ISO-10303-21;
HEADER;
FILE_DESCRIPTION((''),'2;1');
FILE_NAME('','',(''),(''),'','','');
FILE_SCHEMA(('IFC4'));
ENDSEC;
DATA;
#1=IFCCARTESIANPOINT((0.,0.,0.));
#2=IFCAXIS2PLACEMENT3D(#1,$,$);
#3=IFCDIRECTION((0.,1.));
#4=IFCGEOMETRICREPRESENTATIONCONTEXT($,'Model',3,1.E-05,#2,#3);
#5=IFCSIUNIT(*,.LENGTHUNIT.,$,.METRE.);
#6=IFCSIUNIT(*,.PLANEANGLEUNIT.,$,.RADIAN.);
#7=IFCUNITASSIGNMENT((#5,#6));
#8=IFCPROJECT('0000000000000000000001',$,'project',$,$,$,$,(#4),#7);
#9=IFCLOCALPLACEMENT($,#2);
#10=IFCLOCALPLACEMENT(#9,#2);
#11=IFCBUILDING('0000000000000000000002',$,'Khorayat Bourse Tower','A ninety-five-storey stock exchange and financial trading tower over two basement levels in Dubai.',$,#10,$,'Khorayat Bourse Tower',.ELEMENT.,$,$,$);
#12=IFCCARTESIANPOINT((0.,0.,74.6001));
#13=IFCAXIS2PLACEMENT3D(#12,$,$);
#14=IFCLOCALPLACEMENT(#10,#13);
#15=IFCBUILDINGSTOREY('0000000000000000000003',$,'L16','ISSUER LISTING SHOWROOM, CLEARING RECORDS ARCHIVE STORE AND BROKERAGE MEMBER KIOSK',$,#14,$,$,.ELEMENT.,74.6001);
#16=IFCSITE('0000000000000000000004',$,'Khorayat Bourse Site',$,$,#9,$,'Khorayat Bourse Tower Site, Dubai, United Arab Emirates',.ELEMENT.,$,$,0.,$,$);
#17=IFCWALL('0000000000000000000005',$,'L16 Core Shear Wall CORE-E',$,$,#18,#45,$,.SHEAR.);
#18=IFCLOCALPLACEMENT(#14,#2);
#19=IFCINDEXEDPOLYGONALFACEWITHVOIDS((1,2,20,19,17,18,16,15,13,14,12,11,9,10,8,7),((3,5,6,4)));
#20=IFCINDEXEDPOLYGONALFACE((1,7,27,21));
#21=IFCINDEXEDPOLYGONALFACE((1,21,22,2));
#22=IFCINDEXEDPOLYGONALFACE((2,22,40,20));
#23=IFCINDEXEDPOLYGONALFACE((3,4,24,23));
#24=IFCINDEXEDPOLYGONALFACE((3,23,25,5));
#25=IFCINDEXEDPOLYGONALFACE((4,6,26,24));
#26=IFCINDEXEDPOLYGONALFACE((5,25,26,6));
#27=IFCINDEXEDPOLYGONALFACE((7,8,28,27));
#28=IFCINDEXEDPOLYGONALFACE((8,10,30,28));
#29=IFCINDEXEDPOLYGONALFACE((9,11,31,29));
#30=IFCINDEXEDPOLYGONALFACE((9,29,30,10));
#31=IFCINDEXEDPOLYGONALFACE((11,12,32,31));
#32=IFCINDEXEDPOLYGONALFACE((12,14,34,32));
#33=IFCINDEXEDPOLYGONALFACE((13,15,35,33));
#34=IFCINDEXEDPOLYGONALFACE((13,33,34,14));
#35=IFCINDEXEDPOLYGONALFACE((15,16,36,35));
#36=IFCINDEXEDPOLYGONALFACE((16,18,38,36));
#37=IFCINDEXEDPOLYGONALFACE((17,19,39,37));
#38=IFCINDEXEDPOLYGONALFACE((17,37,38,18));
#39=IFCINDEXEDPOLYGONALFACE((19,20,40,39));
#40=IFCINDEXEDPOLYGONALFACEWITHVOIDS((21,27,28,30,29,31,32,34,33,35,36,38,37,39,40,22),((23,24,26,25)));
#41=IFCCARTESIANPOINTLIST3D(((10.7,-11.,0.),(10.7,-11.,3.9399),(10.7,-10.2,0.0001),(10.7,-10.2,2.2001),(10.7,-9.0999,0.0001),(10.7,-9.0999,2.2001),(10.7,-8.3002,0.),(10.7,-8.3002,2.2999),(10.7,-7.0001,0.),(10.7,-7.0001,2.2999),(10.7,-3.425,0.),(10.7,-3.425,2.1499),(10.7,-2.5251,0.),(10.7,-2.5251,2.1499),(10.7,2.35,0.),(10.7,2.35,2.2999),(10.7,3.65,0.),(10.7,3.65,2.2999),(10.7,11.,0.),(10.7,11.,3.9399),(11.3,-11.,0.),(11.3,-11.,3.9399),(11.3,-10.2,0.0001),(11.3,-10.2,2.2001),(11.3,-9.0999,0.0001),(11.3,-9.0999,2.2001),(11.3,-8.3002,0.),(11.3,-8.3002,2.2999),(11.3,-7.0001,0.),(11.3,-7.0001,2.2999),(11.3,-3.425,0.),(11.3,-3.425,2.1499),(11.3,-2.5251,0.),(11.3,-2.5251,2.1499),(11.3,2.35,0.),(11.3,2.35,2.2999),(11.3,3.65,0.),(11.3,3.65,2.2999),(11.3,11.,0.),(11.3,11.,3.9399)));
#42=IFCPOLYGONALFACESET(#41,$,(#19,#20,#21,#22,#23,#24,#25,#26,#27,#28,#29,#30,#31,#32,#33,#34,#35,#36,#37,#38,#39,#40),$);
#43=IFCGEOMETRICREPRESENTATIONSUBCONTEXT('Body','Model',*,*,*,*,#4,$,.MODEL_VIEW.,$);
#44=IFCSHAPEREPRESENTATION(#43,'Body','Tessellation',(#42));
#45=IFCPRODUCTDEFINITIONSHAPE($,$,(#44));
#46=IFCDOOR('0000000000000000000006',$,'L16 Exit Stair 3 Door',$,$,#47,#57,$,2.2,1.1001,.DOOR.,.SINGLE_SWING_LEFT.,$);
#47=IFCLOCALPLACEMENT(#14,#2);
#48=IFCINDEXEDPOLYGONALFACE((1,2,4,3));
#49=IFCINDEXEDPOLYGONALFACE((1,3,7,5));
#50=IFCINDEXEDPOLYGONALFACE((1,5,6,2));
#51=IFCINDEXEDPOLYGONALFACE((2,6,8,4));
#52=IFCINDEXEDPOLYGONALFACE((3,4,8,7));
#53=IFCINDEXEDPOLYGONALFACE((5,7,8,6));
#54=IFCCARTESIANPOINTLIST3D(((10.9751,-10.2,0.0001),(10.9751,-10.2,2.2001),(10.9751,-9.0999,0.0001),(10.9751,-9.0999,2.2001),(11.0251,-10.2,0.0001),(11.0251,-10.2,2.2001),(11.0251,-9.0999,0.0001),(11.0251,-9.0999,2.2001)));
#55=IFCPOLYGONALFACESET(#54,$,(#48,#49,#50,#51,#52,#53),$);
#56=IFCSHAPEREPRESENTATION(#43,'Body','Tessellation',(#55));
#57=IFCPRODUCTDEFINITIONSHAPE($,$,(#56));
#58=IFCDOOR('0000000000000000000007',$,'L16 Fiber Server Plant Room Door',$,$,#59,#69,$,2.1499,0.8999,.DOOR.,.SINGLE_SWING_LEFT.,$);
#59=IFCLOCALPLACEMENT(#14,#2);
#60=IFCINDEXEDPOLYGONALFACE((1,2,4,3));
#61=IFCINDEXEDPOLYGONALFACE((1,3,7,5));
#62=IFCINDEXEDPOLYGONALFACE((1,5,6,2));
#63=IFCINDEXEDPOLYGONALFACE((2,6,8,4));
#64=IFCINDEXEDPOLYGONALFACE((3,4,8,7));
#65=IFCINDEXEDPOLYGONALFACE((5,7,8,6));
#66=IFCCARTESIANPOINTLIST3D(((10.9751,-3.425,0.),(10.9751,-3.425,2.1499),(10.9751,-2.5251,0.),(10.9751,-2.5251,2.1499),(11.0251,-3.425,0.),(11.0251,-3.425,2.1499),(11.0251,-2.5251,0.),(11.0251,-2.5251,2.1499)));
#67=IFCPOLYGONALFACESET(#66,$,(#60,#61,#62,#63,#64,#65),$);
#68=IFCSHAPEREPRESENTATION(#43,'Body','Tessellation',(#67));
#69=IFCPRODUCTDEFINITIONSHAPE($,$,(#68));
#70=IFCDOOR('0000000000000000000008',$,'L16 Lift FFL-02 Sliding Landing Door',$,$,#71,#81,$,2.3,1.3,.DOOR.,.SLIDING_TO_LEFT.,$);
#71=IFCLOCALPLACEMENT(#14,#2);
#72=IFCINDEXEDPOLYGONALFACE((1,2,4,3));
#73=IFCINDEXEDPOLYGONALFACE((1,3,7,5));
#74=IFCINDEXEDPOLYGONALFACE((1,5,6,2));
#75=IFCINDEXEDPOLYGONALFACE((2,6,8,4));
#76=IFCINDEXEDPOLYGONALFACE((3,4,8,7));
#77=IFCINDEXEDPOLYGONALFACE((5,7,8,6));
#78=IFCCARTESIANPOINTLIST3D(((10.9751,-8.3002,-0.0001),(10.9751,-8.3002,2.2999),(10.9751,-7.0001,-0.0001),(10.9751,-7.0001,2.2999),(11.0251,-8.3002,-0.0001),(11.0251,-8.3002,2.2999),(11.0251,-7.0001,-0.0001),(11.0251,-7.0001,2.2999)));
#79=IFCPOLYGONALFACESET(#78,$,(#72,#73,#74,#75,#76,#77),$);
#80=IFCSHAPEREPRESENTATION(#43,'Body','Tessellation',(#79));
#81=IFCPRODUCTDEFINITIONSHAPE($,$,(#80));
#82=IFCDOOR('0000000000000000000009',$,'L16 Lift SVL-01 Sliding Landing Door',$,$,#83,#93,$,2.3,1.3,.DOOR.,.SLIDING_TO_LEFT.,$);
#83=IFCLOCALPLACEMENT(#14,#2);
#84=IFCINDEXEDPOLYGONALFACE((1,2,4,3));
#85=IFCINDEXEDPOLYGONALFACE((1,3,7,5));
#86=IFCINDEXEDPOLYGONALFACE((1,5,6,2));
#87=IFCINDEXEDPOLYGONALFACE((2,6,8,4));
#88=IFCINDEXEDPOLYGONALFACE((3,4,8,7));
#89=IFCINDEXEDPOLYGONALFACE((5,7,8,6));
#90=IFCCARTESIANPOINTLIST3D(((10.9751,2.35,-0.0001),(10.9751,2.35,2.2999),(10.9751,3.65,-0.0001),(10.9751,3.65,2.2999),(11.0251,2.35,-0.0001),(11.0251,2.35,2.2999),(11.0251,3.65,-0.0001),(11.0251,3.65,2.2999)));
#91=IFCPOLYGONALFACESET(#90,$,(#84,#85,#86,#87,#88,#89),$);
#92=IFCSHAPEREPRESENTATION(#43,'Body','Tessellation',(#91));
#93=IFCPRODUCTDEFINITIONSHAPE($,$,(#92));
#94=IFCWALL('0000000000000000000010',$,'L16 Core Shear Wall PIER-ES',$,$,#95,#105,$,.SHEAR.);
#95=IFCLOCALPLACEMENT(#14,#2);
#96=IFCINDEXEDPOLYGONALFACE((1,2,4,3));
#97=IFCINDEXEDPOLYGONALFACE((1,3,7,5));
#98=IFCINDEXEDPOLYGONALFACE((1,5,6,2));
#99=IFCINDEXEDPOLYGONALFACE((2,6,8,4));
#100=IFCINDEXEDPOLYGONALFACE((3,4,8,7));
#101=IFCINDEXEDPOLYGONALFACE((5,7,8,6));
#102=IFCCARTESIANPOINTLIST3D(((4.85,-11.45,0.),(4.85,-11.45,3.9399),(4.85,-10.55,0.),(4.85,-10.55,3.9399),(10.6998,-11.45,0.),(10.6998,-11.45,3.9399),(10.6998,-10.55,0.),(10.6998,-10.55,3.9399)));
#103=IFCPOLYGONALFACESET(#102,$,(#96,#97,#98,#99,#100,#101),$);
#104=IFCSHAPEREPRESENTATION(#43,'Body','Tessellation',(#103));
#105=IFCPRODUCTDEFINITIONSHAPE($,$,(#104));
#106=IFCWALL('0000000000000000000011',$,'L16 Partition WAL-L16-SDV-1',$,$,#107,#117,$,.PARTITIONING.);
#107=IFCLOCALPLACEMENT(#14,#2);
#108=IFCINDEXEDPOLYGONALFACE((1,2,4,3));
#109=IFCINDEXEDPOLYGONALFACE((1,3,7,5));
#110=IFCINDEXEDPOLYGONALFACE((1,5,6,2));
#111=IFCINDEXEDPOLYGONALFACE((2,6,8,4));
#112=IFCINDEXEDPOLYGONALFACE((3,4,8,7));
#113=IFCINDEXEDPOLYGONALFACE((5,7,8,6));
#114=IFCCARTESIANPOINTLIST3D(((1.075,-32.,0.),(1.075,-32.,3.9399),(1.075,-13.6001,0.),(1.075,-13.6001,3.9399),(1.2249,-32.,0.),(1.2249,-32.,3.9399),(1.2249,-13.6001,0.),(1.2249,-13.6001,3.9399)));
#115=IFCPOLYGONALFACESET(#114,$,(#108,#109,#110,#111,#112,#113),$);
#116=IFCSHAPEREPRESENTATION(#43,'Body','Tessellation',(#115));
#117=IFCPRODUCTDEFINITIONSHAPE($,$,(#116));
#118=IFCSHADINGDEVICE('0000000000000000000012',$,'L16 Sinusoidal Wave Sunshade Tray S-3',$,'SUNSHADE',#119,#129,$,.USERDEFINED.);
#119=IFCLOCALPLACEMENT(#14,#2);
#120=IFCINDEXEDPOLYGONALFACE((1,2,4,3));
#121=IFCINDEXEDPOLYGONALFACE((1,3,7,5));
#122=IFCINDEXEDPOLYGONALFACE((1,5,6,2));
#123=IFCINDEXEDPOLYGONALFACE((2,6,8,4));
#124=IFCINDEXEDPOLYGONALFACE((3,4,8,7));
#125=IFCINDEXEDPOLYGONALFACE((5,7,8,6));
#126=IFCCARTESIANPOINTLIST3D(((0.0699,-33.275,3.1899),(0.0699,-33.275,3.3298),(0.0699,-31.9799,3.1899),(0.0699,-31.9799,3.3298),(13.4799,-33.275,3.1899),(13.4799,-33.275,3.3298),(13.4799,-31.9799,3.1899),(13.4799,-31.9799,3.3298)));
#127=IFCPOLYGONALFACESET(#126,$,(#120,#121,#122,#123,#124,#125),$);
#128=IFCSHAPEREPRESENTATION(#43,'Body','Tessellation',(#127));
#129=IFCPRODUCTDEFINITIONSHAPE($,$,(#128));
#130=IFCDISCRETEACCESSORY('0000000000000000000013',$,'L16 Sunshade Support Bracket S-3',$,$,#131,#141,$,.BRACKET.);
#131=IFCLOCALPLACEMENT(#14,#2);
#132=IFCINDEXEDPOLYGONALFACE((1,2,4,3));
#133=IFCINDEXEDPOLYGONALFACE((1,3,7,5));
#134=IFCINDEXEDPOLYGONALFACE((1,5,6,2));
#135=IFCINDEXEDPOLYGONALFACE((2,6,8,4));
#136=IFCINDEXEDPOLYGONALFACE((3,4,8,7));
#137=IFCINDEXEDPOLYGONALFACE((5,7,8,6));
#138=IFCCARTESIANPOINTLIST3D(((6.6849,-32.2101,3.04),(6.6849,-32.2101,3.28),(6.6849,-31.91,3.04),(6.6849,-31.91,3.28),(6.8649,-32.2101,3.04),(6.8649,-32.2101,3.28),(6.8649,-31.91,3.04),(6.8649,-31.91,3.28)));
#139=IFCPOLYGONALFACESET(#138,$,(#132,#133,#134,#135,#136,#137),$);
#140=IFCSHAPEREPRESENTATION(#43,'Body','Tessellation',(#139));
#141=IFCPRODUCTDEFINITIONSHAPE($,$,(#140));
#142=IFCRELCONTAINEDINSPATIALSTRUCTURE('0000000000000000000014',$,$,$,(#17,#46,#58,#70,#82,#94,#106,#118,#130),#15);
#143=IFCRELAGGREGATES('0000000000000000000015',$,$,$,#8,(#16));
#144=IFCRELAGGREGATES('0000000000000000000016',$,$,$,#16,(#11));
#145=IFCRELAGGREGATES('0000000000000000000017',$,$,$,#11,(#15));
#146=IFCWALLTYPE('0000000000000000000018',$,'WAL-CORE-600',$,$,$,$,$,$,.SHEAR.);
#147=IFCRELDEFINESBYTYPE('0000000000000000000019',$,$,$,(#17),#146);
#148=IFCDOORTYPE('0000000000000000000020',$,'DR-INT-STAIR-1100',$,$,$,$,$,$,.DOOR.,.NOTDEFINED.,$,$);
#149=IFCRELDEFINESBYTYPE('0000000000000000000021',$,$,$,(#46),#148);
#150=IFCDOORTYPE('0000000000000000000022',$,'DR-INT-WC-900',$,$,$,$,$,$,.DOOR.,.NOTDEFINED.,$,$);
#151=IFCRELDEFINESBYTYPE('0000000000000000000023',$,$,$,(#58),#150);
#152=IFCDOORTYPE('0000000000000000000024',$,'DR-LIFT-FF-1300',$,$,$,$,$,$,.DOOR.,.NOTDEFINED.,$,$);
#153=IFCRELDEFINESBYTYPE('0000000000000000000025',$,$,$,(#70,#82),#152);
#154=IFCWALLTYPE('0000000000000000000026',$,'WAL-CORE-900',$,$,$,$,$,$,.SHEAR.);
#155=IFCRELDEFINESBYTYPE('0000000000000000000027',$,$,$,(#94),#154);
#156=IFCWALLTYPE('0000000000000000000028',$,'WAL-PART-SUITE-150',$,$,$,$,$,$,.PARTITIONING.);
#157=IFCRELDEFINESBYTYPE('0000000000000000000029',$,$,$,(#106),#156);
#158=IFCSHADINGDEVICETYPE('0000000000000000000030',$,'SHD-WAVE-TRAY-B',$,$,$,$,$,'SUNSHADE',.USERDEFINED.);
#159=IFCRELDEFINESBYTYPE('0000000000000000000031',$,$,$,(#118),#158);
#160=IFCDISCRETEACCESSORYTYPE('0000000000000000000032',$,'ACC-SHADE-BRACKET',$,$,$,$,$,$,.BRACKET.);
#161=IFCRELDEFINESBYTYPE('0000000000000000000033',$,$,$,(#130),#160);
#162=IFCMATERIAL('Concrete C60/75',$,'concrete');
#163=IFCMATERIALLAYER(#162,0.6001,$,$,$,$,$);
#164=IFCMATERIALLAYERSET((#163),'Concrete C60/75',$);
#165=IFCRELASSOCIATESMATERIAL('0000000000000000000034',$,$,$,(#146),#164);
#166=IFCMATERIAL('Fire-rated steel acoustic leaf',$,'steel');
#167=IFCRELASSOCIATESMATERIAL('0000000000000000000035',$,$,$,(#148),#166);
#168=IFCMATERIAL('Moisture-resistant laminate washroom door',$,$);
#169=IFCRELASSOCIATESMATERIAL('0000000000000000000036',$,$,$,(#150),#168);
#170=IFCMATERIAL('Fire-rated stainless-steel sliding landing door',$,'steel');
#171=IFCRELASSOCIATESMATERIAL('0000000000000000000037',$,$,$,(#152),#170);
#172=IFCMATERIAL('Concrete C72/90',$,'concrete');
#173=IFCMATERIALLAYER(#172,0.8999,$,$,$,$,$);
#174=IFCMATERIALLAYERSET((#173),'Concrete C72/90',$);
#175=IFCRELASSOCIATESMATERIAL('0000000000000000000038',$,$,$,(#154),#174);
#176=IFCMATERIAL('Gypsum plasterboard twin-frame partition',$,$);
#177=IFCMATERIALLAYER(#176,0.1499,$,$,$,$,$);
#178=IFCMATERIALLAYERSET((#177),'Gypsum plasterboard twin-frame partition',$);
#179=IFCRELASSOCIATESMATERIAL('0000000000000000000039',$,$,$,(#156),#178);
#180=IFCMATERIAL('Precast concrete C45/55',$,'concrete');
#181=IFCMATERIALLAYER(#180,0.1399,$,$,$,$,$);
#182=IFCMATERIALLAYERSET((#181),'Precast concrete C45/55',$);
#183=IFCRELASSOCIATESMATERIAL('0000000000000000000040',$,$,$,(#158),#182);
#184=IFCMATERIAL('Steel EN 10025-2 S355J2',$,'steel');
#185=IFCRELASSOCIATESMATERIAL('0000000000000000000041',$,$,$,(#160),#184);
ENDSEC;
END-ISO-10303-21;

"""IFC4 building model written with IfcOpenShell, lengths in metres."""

from ifc_helpers import new_model, si_unit, direction, frame, frame_2d, origin, origin_2d, place, context, subcontext, project, spatial, rectangle, extrude, source, transform, mapped, material, layer, layer_set, type_object, element, fill, save


model = new_model("IFC4")

# Units and contexts
model_context = context("Model", 3, precision=1e-05, world=origin(), true_north=direction((0.0, 1.0)))
body_context = subcontext(model_context, "Body", "Model", "MODEL_VIEW")
ifc_project = project(units=[si_unit("LENGTHUNIT", "METRE"), si_unit("PLANEANGLEUNIT", "RADIAN")], contexts=[model_context])

# Site, building, storey
site_placement = place(None, origin())
site = spatial("IfcSite", under=ifc_project, at=site_placement, Name="Khorayat Bourse Site", LongName="Khorayat Bourse Tower Site, Dubai, United Arab Emirates", CompositionType="ELEMENT", RefElevation=0.0)
building_placement = place(site_placement, origin())
building = spatial("IfcBuilding", under=site, at=building_placement, Name="Khorayat Bourse Tower", Description="A ninety-five-storey stock exchange and financial trading tower over two basement levels in Dubai.", LongName="Khorayat Bourse Tower", CompositionType="ELEMENT")
storey_placement = place(building_placement, frame((0.0, 0.0, 74.6001)))
storey = spatial("IfcBuildingStorey", under=building, at=storey_placement, Name="L16", Description="ISSUER LISTING SHOWROOM, CLEARING RECORDS ARCHIVE STORE AND BROKERAGE MEMBER KIOSK", CompositionType="ELEMENT", Elevation=74.6001)

# Shared definitions
ifc_material_1 = material(Name="Concrete C72/90", Category="concrete")

# Shared definitions
ifc_material_2 = material(Name="Steel EN 10025-2 S355J2", Category="steel")

# Wall, openings, doors
ifc_material_3 = material(Name="Concrete C60/75", Category="concrete")
ifc_layer_1 = layer(ifc_material_3, 0.6001)
ifc_layer_set_1 = layer_set([ifc_layer_1], Name="Concrete C60/75")
wall_type_1 = type_object("IfcWallType", Name="WAL-CORE-600", PredefinedType="SHEAR", material=ifc_layer_set_1)
shared_shape_1 = source(origin(), body_context, "Body", "SweptSolid", [
    extrude(rectangle(XDim=22.0, YDim=0.6001, at=frame_2d((11.0, 0.0))), origin(), (0.0, 0.0, 1.0), 3.9399),
])
wall_1_placement = place(storey_placement, frame((11.0, -11.0, 0.0), z_axis=(0.0, 0.0, 1.0), x_axis=(0.0, 1.0, 0.0)))
wall_1 = element("IfcWall", 1, at=wall_1_placement, inside=storey, type_object=wall_type_1, Name="L16 Core Shear Wall CORE-E", PredefinedType="SHEAR", context=body_context, shape_type="MappedRepresentation", body=[
    mapped(shared_shape_1, transform((0.0, 0.0, 0.0), scale=1.0)),
])
shared_shape_2 = source(origin(), body_context, "Body", "SweptSolid", [
    extrude(rectangle(XDim=1.1001, YDim=2.2, at=frame_2d((0.55, 1.1001))), frame((0.0, 0.3101, 0.0), z_axis=(0.0, -1.0, 0.0), x_axis=(1.0, 0.0, 0.0)), (0.0, 0.0, 1.0), 0.6201),
])
opening_1_placement = place(wall_1_placement, frame((0.8, 0.0, 0.0)))
opening_1 = element("IfcOpeningElement", 2, at=opening_1_placement, cuts=wall_1, PredefinedType="OPENING", context=body_context, shape_type="MappedRepresentation", body=[
    mapped(shared_shape_2, transform((0.0, 0.0, 0.0), scale=1.0)),
])
shared_shape_3 = source(origin(), body_context, "Body", "SweptSolid", [
    extrude(rectangle(XDim=0.8999, YDim=2.1499, at=frame_2d((0.45, 1.075))), frame((0.0, 0.3101, 0.0), z_axis=(0.0, -1.0, 0.0), x_axis=(1.0, 0.0, 0.0)), (0.0, 0.0, 1.0), 0.6201),
])
opening_2_placement = place(wall_1_placement, frame((7.575, 0.0, 0.0)))
opening_2 = element("IfcOpeningElement", 3, at=opening_2_placement, cuts=wall_1, PredefinedType="OPENING", context=body_context, shape_type="MappedRepresentation", body=[
    mapped(shared_shape_3, transform((0.0, 0.0, 0.0), scale=1.0)),
])
shared_shape_4 = source(origin(), body_context, "Body", "SweptSolid", [
    extrude(rectangle(XDim=1.3, YDim=2.3, at=frame_2d((0.6499, 1.1499))), frame((0.0, 0.3101, 0.0), z_axis=(0.0, -1.0, 0.0), x_axis=(1.0, 0.0, 0.0)), (0.0, 0.0, 1.0), 0.6201),
])
opening_3_placement = place(wall_1_placement, frame((2.7, 0.0, 0.0)))
opening_3 = element("IfcOpeningElement", 4, at=opening_3_placement, cuts=wall_1, PredefinedType="OPENING", context=body_context, shape_type="MappedRepresentation", body=[
    mapped(shared_shape_4, transform((0.0, 0.0, 0.0), scale=1.0)),
])
opening_4_placement = place(wall_1_placement, frame((13.3501, 0.0, 0.0)))
opening_4 = element("IfcOpeningElement", 5, at=opening_4_placement, cuts=wall_1, PredefinedType="OPENING", context=body_context, shape_type="MappedRepresentation", body=[
    mapped(shared_shape_4, transform((0.0, 0.0, 0.0), scale=1.0)),
])
ifc_material_4 = material(Name="Fire-rated steel acoustic leaf", Category="steel")
door_type_1 = type_object("IfcDoorType", Name="DR-INT-STAIR-1100", OperationType="NOTDEFINED", PredefinedType="DOOR", material=ifc_material_4)
shared_shape_5 = source(origin(), body_context, "Body", "SweptSolid", [
    extrude(rectangle(XDim=1.1001, YDim=2.2, at=frame_2d((0.55, 1.1001))), frame((0.0, 0.0249, 0.0), z_axis=(0.0, -1.0, 0.0), x_axis=(1.0, 0.0, 0.0)), (0.0, 0.0, 1.0), 0.05),
])
door_1_placement = place(opening_1_placement, origin())
door_1 = element("IfcDoor", 6, at=door_1_placement, inside=storey, type_object=door_type_1, Name="L16 Exit Stair 3 Door", OperationType="SINGLE_SWING_LEFT", OverallHeight=2.2, OverallWidth=1.1001, PredefinedType="DOOR", context=body_context, shape_type="MappedRepresentation", body=[
    mapped(shared_shape_5, transform((0.0, 0.0, 0.0), scale=1.0)),
])
fill(opening_1, door_1)
ifc_material_5 = material(Name="Moisture-resistant laminate washroom door")
door_type_2 = type_object("IfcDoorType", Name="DR-INT-WC-900", OperationType="NOTDEFINED", PredefinedType="DOOR", material=ifc_material_5)
shared_shape_6 = source(origin(), body_context, "Body", "SweptSolid", [
    extrude(rectangle(XDim=0.8999, YDim=2.1499, at=frame_2d((0.45, 1.075))), frame((0.0, 0.0249, 0.0), z_axis=(0.0, -1.0, 0.0), x_axis=(1.0, 0.0, 0.0)), (0.0, 0.0, 1.0), 0.05),
])
door_2_placement = place(opening_2_placement, origin())
door_2 = element("IfcDoor", 7, at=door_2_placement, inside=storey, type_object=door_type_2, Name="L16 Fiber Server Plant Room Door", OperationType="SINGLE_SWING_LEFT", OverallHeight=2.1499, OverallWidth=0.8999, PredefinedType="DOOR", context=body_context, shape_type="MappedRepresentation", body=[
    mapped(shared_shape_6, transform((0.0, 0.0, 0.0), scale=1.0)),
])
fill(opening_2, door_2)
ifc_material_6 = material(Name="Fire-rated stainless-steel sliding landing door", Category="steel")
door_type_3 = type_object("IfcDoorType", Name="DR-LIFT-FF-1300", OperationType="NOTDEFINED", PredefinedType="DOOR", material=ifc_material_6)
shared_shape_7 = source(origin(), body_context, "Body", "SweptSolid", [
    extrude(rectangle(XDim=1.3, YDim=2.3, at=frame_2d((0.6499, 1.1499))), frame((0.0, 0.0249, 0.0), z_axis=(0.0, -1.0, 0.0), x_axis=(1.0, 0.0, 0.0)), (0.0, 0.0, 1.0), 0.05),
])
door_3_placement = place(opening_3_placement, origin())
door_3 = element("IfcDoor", 8, at=door_3_placement, inside=storey, type_object=door_type_3, Name="L16 Lift FFL-02 Sliding Landing Door", OperationType="SLIDING_TO_LEFT", OverallHeight=2.3, OverallWidth=1.3, PredefinedType="DOOR", context=body_context, shape_type="MappedRepresentation", body=[
    mapped(shared_shape_7, transform((0.0, 0.0, 0.0), scale=1.0)),
])
fill(opening_3, door_3)
door_4_placement = place(opening_4_placement, origin())
door_4 = element("IfcDoor", 9, at=door_4_placement, inside=storey, type_object=door_type_3, Name="L16 Lift SVL-01 Sliding Landing Door", OperationType="SLIDING_TO_LEFT", OverallHeight=2.3, OverallWidth=1.3, PredefinedType="DOOR", context=body_context, shape_type="MappedRepresentation", body=[
    mapped(shared_shape_7, transform((0.0, 0.0, 0.0), scale=1.0)),
])
fill(opening_4, door_4)

# Walls
ifc_layer_2 = layer(ifc_material_1, 0.8999)
ifc_layer_set_2 = layer_set([ifc_layer_2], Name="Concrete C72/90")
wall_type_2 = type_object("IfcWallType", Name="WAL-CORE-900", PredefinedType="SHEAR", material=ifc_layer_set_2)
shared_shape_8 = source(origin(), body_context, "Body", "SweptSolid", [
    extrude(rectangle(XDim=5.8499, YDim=0.8999, at=frame_2d((2.9248, 0.0))), origin(), (0.0, 0.0, 1.0), 3.9399),
])
wall_2_placement = place(storey_placement, frame((4.8501, -11.0, 0.0), z_axis=(0.0, 0.0, 1.0), x_axis=(1.0, 0.0, 0.0)))
element("IfcWall", 10, at=wall_2_placement, inside=storey, type_object=wall_type_2, Name="L16 Core Shear Wall PIER-ES", PredefinedType="SHEAR", context=body_context, shape_type="MappedRepresentation", body=[
    mapped(shared_shape_8, transform((0.0, 0.0, 0.0), scale=1.0)),
])
ifc_material_7 = material(Name="Gypsum plasterboard twin-frame partition")
ifc_layer_3 = layer(ifc_material_7, 0.1499)
ifc_layer_set_3 = layer_set([ifc_layer_3], Name="Gypsum plasterboard twin-frame partition")
wall_type_3 = type_object("IfcWallType", Name="WAL-PART-SUITE-150", PredefinedType="PARTITIONING", material=ifc_layer_set_3)
shared_shape_9 = source(origin(), body_context, "Body", "SweptSolid", [
    extrude(rectangle(XDim=18.3999, YDim=0.1499, at=frame_2d((9.2, 0.0))), origin(), (0.0, 0.0, 1.0), 3.9399),
])
wall_3_placement = place(storey_placement, frame((1.1499, -32.0, 0.0), z_axis=(0.0, 0.0, 1.0), x_axis=(0.0, 1.0, 0.0)))
element("IfcWall", 11, at=wall_3_placement, inside=storey, type_object=wall_type_3, Name="L16 Partition WAL-L16-SDV-1", PredefinedType="PARTITIONING", context=body_context, shape_type="MappedRepresentation", body=[
    mapped(shared_shape_9, transform((0.0, 0.0, 0.0), scale=1.0)),
])

# Shading device
ifc_material_8 = material(Name="Precast concrete C45/55", Category="concrete")
ifc_layer_4 = layer(ifc_material_8, 0.1399)
ifc_layer_set_4 = layer_set([ifc_layer_4], Name="Precast concrete C45/55")
shading_device_type = type_object("IfcShadingDeviceType", Name="SHD-WAVE-TRAY-B", ElementType="SUNSHADE", PredefinedType="USERDEFINED", material=ifc_layer_set_4)
shared_shape_10 = source(origin(), body_context, "Body", "SweptSolid", [
    extrude(rectangle(XDim=13.4099, YDim=1.2952, at=origin_2d()), origin(), (0.0, 0.0, 1.0), 0.1399),
])
shading_device_placement = place(storey_placement, frame((6.7749, -32.6274, 3.1899), z_axis=(0.0, 0.0, 1.0), x_axis=(1.0, 0.0, 0.0)))
element("IfcShadingDevice", 12, at=shading_device_placement, inside=storey, type_object=shading_device_type, Name="L16 Sinusoidal Wave Sunshade Tray S-3", ObjectType="SUNSHADE", PredefinedType="USERDEFINED", context=body_context, shape_type="MappedRepresentation", body=[
    mapped(shared_shape_10, transform((0.0, 0.0, 0.0), scale=1.0)),
])

# Discrete accessory
discrete_accessory_type = type_object("IfcDiscreteAccessoryType", Name="ACC-SHADE-BRACKET", PredefinedType="BRACKET", material=ifc_material_2)
shared_shape_11 = source(origin(), body_context, "Body", "SweptSolid", [
    extrude(rectangle(XDim=0.1799, YDim=0.3, at=origin_2d()), origin(), (0.0, 0.0, 1.0), 0.24),
])
discrete_accessory_placement = place(storey_placement, frame((6.7749, -32.0601, 3.04), z_axis=(0.0, 0.0, 1.0), x_axis=(1.0, 0.0, 0.0)))
element("IfcDiscreteAccessory", 13, at=discrete_accessory_placement, inside=storey, type_object=discrete_accessory_type, Name="L16 Sunshade Support Bracket S-3", PredefinedType="BRACKET", context=body_context, shape_type="MappedRepresentation", body=[
    mapped(shared_shape_11, transform((0.0, 0.0, 0.0), scale=1.0)),
])

save(model, "model.ifc")
